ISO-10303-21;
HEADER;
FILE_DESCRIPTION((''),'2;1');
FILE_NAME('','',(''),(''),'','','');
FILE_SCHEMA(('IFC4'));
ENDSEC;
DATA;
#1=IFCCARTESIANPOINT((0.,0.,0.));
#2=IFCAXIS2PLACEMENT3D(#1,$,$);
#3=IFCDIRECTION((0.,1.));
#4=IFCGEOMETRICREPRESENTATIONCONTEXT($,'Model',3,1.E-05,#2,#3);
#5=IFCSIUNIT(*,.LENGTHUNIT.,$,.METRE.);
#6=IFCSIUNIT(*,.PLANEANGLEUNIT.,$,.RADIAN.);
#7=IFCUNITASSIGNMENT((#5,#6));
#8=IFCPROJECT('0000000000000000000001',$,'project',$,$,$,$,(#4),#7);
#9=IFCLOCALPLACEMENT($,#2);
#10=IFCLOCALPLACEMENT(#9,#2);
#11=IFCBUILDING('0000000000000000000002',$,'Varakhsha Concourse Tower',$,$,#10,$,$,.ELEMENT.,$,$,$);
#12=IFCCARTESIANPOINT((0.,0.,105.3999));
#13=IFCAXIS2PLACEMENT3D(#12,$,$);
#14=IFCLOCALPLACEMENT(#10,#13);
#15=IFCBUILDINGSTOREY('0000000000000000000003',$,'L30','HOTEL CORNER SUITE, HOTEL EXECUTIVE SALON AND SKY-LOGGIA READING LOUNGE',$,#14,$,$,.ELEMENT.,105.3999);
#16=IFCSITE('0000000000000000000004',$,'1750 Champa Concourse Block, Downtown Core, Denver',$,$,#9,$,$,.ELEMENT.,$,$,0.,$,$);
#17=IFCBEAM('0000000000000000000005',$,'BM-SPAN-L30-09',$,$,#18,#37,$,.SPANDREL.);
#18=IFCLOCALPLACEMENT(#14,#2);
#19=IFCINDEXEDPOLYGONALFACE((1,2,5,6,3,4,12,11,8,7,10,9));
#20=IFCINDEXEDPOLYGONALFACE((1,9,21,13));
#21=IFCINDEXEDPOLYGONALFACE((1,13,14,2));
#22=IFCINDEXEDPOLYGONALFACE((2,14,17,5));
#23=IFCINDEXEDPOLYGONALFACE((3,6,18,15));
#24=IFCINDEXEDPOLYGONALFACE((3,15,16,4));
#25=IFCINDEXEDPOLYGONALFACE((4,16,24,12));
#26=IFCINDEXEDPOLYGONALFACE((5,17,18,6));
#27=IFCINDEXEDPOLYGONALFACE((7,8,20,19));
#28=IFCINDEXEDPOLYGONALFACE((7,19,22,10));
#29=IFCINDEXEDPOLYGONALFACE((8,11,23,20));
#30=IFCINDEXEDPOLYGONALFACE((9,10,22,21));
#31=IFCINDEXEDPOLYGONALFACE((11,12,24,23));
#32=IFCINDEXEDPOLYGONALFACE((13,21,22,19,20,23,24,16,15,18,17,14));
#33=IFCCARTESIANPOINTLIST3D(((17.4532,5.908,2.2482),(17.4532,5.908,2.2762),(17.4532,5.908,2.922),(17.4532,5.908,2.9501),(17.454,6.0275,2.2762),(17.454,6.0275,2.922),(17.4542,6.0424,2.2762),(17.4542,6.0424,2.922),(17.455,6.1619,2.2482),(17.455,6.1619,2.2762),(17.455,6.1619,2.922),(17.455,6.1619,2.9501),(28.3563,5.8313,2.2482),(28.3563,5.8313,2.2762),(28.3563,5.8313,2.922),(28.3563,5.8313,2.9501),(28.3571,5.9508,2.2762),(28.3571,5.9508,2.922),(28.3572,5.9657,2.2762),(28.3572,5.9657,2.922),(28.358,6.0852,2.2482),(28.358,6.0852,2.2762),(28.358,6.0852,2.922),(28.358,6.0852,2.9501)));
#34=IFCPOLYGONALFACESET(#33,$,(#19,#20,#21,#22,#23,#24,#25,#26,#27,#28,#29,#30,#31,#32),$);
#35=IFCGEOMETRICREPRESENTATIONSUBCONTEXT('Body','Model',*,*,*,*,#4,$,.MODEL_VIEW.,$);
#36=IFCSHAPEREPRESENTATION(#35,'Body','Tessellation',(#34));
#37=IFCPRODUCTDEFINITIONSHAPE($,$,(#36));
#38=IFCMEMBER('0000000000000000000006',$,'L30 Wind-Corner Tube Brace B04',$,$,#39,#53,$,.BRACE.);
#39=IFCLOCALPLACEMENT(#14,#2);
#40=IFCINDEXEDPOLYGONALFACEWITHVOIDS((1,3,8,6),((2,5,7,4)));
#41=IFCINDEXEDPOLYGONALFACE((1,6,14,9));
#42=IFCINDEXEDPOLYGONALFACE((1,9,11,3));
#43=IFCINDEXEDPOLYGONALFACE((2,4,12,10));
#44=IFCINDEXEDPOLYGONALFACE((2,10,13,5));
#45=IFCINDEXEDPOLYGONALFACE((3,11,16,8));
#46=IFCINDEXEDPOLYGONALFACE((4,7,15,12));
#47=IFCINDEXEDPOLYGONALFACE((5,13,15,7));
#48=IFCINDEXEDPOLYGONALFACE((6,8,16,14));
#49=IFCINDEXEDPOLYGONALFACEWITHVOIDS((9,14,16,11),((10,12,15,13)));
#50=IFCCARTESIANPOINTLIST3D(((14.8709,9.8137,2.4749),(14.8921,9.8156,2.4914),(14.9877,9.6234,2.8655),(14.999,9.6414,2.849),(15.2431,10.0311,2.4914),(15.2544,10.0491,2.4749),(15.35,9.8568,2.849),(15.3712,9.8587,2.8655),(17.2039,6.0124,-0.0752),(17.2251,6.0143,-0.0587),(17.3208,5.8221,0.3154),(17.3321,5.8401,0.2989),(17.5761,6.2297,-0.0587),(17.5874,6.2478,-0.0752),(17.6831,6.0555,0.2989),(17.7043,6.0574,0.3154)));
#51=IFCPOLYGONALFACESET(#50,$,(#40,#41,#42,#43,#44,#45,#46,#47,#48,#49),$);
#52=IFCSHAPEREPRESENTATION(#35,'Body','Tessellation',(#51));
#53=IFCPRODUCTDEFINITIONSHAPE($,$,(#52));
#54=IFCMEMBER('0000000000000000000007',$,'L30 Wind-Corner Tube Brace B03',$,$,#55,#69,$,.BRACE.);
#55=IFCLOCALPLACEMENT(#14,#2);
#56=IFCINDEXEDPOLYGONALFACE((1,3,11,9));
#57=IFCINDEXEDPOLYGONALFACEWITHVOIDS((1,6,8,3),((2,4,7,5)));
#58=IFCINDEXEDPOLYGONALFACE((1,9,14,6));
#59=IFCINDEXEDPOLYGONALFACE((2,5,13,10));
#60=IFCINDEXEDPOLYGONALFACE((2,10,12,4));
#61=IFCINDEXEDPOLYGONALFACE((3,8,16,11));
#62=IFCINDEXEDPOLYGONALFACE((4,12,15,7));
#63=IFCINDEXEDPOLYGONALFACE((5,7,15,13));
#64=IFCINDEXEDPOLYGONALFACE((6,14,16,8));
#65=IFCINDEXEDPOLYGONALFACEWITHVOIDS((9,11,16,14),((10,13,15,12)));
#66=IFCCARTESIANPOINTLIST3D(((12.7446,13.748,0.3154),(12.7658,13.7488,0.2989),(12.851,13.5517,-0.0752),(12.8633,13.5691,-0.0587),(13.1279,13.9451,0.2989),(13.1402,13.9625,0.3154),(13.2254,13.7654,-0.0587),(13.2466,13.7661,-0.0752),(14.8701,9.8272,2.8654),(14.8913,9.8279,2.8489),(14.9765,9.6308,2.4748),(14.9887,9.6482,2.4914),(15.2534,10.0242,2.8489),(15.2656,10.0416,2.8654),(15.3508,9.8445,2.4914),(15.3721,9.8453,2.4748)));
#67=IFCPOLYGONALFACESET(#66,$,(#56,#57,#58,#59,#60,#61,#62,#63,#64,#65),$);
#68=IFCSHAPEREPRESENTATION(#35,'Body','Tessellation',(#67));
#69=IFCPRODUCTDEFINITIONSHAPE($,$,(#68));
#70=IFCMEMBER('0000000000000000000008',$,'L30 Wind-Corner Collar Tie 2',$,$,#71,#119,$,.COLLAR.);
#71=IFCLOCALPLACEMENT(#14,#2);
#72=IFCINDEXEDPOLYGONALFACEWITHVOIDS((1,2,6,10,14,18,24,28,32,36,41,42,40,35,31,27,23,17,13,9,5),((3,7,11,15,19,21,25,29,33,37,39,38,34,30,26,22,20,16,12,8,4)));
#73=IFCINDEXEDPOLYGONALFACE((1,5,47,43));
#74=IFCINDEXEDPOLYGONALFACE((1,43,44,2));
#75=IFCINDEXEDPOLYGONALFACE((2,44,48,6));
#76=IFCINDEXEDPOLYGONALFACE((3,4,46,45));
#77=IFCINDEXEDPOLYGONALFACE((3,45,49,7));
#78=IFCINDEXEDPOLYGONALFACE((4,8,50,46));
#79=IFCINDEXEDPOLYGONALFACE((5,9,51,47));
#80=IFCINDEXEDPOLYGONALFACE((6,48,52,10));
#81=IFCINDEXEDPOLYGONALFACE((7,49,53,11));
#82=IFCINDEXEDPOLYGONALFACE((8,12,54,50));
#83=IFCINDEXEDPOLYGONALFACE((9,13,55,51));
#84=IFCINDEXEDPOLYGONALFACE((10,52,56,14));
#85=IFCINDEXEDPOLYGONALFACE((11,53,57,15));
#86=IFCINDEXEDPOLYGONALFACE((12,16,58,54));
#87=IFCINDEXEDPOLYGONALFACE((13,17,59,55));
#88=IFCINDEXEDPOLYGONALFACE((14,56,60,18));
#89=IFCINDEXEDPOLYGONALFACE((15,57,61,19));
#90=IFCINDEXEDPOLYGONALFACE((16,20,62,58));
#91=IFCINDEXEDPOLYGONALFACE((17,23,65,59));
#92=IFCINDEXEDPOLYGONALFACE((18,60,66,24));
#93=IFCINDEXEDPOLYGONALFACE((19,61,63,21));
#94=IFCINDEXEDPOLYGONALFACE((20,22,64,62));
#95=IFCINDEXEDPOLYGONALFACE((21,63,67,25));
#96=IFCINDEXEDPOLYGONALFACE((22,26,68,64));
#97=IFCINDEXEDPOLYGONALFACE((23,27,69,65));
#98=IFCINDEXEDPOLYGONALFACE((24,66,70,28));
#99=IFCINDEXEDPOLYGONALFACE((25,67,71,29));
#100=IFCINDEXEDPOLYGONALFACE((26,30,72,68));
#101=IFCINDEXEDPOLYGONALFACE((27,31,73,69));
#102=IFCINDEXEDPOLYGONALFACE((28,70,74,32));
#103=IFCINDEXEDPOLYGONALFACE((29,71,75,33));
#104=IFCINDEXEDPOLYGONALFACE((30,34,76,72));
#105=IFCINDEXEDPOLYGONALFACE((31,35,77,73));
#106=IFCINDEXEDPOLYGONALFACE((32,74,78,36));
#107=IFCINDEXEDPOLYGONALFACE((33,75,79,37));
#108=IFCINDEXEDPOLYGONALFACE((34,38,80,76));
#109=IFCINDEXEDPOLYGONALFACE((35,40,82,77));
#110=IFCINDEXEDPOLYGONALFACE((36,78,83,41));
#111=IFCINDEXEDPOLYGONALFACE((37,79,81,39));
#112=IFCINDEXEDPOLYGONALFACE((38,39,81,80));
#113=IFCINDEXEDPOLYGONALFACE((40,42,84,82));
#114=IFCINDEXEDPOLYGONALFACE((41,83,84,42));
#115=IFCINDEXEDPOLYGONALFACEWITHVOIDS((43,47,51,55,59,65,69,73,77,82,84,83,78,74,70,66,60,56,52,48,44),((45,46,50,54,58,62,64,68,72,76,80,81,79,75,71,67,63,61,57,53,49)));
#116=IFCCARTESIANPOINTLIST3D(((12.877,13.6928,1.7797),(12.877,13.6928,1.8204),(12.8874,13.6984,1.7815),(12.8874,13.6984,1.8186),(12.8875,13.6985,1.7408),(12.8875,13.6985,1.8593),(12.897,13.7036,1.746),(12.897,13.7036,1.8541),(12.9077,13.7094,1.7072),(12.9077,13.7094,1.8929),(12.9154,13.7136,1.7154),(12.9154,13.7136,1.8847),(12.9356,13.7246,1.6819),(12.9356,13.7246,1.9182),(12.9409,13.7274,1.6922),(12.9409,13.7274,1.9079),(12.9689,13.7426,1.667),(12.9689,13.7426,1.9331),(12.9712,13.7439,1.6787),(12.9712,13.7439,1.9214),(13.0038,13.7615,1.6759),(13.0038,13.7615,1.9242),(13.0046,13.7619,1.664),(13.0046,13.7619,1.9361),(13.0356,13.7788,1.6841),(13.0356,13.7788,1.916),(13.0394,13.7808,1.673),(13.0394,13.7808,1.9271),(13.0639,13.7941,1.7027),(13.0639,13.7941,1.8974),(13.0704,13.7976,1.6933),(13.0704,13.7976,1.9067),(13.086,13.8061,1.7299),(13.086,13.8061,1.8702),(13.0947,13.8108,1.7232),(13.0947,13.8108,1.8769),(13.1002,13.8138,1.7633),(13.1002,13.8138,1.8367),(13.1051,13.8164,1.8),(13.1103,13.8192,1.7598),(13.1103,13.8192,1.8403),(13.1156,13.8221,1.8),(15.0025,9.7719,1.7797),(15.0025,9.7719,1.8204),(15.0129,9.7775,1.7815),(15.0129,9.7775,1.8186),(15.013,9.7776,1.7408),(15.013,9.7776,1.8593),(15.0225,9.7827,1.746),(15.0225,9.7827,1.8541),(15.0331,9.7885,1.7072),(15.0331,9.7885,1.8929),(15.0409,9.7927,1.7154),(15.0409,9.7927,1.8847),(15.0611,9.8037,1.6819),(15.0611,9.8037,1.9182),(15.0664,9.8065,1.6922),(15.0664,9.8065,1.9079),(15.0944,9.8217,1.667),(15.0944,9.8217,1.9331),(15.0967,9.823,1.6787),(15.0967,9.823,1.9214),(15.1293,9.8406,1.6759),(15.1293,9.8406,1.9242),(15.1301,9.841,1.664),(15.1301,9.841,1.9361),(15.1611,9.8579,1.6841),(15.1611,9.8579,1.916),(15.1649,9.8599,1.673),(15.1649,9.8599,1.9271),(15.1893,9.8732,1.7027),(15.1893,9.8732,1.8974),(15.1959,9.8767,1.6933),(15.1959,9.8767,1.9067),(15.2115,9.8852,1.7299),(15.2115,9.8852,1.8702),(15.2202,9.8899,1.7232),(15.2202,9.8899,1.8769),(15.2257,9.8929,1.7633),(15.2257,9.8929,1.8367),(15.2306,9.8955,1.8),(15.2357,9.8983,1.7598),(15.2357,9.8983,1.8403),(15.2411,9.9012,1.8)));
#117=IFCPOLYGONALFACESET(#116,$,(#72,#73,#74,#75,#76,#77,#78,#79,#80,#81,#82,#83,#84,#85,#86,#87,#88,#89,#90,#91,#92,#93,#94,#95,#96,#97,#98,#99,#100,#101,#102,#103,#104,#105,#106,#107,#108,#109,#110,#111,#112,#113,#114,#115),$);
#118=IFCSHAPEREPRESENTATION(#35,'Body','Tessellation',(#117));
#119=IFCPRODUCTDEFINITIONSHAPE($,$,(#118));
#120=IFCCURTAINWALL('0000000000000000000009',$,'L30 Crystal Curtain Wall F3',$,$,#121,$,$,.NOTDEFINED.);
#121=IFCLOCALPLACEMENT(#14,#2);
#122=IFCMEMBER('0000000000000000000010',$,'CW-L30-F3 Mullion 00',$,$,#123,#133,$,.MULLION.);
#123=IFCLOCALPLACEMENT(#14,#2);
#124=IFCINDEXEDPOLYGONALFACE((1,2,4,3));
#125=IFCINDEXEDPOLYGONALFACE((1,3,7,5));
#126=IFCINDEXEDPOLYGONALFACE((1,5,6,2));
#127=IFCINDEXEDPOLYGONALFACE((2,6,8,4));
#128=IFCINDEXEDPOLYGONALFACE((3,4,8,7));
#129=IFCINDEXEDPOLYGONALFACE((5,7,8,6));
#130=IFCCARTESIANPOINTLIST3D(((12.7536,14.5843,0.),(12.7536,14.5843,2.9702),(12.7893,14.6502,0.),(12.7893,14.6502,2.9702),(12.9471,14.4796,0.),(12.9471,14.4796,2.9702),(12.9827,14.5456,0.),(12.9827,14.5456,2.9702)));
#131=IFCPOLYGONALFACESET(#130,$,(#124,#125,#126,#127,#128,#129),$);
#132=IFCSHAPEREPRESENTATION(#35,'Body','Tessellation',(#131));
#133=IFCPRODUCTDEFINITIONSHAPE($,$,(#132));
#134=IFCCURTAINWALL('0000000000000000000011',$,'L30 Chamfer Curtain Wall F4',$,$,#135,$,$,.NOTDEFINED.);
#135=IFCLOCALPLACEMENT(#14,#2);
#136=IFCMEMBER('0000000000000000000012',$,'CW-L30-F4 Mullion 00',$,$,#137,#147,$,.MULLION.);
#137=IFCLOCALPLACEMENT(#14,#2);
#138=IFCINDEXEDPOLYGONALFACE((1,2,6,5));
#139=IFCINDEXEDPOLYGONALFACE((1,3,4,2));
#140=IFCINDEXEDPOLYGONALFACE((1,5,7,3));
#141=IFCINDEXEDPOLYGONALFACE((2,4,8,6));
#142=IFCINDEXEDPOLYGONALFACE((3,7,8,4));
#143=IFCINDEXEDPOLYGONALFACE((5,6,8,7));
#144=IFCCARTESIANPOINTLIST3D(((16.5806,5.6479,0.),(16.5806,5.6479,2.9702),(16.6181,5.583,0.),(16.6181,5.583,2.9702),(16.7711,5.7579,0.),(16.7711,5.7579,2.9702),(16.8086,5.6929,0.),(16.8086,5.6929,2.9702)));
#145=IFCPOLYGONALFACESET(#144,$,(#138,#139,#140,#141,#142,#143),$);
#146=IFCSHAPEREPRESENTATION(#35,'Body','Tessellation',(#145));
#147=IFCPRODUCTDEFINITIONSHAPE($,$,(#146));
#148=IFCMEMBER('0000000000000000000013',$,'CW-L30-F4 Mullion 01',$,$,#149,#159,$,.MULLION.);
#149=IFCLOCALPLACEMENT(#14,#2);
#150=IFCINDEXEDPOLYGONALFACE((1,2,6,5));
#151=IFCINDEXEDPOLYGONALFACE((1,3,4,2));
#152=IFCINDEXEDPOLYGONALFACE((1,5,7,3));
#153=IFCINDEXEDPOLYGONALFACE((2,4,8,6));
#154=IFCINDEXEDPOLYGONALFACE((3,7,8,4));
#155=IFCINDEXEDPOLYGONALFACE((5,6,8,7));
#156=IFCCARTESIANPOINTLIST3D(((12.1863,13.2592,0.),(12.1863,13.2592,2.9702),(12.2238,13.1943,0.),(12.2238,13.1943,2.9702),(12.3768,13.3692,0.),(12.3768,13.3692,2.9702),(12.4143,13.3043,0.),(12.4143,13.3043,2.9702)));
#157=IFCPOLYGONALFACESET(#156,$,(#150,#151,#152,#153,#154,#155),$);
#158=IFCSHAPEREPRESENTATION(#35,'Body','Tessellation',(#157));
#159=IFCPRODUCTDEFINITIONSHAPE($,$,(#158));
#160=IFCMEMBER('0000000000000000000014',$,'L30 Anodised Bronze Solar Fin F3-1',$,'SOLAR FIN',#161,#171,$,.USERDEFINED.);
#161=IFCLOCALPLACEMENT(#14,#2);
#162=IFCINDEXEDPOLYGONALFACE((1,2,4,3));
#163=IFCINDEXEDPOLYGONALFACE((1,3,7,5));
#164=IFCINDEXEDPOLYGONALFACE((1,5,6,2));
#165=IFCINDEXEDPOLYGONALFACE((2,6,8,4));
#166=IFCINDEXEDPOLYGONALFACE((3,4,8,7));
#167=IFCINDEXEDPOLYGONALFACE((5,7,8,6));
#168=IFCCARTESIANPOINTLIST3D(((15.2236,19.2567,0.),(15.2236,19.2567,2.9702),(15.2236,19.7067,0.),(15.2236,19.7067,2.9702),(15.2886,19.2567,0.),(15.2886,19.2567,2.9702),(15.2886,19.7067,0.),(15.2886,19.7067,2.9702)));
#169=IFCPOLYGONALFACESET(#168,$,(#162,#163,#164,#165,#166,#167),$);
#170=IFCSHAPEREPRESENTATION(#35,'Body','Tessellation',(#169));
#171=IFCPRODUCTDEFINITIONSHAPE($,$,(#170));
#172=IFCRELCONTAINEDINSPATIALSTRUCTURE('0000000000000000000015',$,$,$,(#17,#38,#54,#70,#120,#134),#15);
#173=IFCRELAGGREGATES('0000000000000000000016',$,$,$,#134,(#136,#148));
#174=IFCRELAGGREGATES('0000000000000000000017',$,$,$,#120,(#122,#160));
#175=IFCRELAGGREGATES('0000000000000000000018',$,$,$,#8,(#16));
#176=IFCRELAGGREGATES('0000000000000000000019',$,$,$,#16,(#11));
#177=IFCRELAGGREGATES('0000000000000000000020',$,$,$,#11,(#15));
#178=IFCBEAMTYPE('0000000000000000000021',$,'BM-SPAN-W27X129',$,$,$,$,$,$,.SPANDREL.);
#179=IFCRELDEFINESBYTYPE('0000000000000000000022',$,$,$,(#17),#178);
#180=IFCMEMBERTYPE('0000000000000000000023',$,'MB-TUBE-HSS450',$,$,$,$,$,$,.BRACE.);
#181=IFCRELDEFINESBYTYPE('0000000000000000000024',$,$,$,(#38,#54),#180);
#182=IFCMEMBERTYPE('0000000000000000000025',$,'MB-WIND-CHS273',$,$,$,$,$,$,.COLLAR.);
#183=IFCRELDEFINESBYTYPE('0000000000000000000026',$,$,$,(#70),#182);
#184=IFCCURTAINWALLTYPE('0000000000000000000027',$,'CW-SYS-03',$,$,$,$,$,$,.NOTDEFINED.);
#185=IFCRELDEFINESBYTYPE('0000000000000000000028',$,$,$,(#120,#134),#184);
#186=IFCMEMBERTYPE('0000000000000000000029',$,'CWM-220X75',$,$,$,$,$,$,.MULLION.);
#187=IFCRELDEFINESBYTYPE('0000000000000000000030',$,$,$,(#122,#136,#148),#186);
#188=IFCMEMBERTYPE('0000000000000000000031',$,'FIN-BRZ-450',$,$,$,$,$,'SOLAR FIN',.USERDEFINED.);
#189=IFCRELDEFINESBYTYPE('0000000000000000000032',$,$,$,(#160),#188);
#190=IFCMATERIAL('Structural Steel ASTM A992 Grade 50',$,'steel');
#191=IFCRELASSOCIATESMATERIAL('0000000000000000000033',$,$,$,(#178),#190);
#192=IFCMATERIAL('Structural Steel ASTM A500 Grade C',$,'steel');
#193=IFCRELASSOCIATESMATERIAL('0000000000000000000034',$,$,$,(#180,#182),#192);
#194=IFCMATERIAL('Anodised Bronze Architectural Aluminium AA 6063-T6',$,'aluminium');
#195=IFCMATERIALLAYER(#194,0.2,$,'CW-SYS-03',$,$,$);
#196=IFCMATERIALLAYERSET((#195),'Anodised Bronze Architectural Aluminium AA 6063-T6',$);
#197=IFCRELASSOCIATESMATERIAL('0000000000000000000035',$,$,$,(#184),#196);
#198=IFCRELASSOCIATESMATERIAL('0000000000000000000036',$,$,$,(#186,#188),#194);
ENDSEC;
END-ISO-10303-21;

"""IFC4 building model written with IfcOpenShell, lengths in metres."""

from ifc_helpers import new_model, si_unit, direction, frame, origin, origin_2d, place, context, subcontext, project, spatial, rectangle, hollow_rectangle, hollow_circle, i_section, extrude, source, transform, mapped, material, layer, layer_set, material_profile, profile_set, type_object, type_shapes, element, aggregate, save


model = new_model("IFC4")

# Units and contexts
model_context = context("Model", 3, precision=1e-05, world=origin(), true_north=direction((0.0, 1.0)))
body_context = subcontext(model_context, "Body", "Model", "MODEL_VIEW")
ifc_project = project(units=[si_unit("LENGTHUNIT", "METRE"), si_unit("PLANEANGLEUNIT", "RADIAN")], contexts=[model_context])

# Site, building, storey
site_placement = place(None, origin())
site = spatial("IfcSite", under=ifc_project, at=site_placement, Name="1750 Champa Concourse Block, Downtown Core, Denver", CompositionType="ELEMENT", RefElevation=0.0)
building_placement = place(site_placement, origin())
building = spatial("IfcBuilding", under=site, at=building_placement, Name="Varakhsha Concourse Tower", CompositionType="ELEMENT")
storey_placement = place(building_placement, frame((0.0, 0.0, 105.3999)))
storey = spatial("IfcBuildingStorey", under=building, at=storey_placement, Name="L30", Description="HOTEL CORNER SUITE, HOTEL EXECUTIVE SALON AND SKY-LOGGIA READING LOUNGE", CompositionType="ELEMENT", Elevation=105.3999)

# Beam
ifc_material_1 = material(Name="Structural Steel ASTM A992 Grade 50", Category="steel")
ifc_material_profile_1 = material_profile(ifc_material_1, i_section(OverallWidth=0.2539, OverallDepth=0.7019, WebThickness=0.0149, FlangeThickness=0.0281, at=origin_2d()), Name="W27X129")
ifc_profile_set_1 = profile_set([ifc_material_profile_1], Name="Structural Steel ASTM A992 Grade 50")
beam_type_1 = type_object("IfcBeamType", Name="BM-SPAN-W27X129", PredefinedType="SPANDREL", material=ifc_profile_set_1)
beam_1_placement = place(storey_placement, frame((17.4541, 6.0349, 2.5991), z_axis=(0.999975, -0.007031, 0.0), x_axis=(0.007031, 0.999975, 0.0)))
element("IfcBeam", 1, at=beam_1_placement, inside=storey, type_object=beam_type_1, Name="BM-SPAN-L30-09", PredefinedType="SPANDREL", context=body_context, shape_type="SweptSolid", body=[
    extrude(i_section(OverallWidth=0.2539, OverallDepth=0.7019, WebThickness=0.0149, FlangeThickness=0.0281, at=origin_2d()), origin(), (0.0, 0.0, 1.0), 10.9033),
])

# Members
ifc_material_2 = material(Name="Structural Steel ASTM A500 Grade C", Category="steel")
ifc_material_profile_2 = material_profile(ifc_material_2, hollow_rectangle(XDim=0.45, YDim=0.45, WallThickness=0.019, at=origin_2d()), Name="HSS 450x450x19")
ifc_profile_set_2 = profile_set([ifc_material_profile_2], Name="Structural Steel ASTM A500 Grade C")
member_type_1 = type_object("IfcMemberType", Name="MB-TUBE-HSS450", PredefinedType="BRACE", material=ifc_profile_set_2)
shared_shape_1 = source(origin(), body_context, "Body", "SweptSolid", [
    extrude(hollow_rectangle(XDim=0.45, YDim=0.45, WallThickness=0.019, at=origin_2d()), origin(), (0.0, 0.0, 1.0), 5.1377),
])
member_1_placement = place(storey_placement, frame((17.4541, 6.0349, 0.1201), z_axis=(-0.454101, 0.739887, 0.496347), x_axis=(-0.852282, -0.523083, 0.0)))
element("IfcMember", 2, at=member_1_placement, inside=storey, type_object=member_type_1, Name="L30 Wind-Corner Tube Brace B04", PredefinedType="BRACE", context=body_context, shape_type="MappedRepresentation", body=[
    mapped(shared_shape_1, transform((0.0, 0.0, 0.0), scale=1.0)),
])
shared_shape_2 = source(origin(), body_context, "Body", "SweptSolid", [
    extrude(hollow_rectangle(XDim=0.45, YDim=0.45, WallThickness=0.019, at=origin_2d()), origin(), (0.0, 0.0, 1.0), 5.1375),
])
type_shapes(member_type_1, [shared_shape_1, shared_shape_2])
member_2_placement = place(storey_placement, frame((12.9956, 13.7571, 0.1201), z_axis=(0.41372, -0.763192, 0.49636), x_axis=(0.879135, 0.476572, 0.0)))
element("IfcMember", 3, at=member_2_placement, inside=storey, type_object=member_type_1, Name="L30 Wind-Corner Tube Brace B03", PredefinedType="BRACE", context=body_context, shape_type="MappedRepresentation", body=[
    mapped(shared_shape_2, transform((0.0, 0.0, 0.0), scale=1.0)),
])
ifc_material_profile_3 = material_profile(ifc_material_2, hollow_circle(Radius=0.1365, WallThickness=0.012, at=origin_2d()), Name="CHS 273x12")
ifc_profile_set_3 = profile_set([ifc_material_profile_3], Name="Structural Steel ASTM A500 Grade C")
member_type_2 = type_object("IfcMemberType", Name="MB-WIND-CHS273", PredefinedType="COLLAR", material=ifc_profile_set_3)
shared_shape_3 = source(origin(), body_context, "Body", "SweptSolid", [
    extrude(hollow_circle(Radius=0.1365, WallThickness=0.012, at=origin_2d()), origin(), (0.0, 0.0, 1.0), 4.46),
])
type_shapes(member_type_2, [shared_shape_3])
member_3_placement = place(storey_placement, frame((12.9956, 13.7571, 1.8), z_axis=(0.476572, -0.879135, 0.0), x_axis=(0.879135, 0.476572, 0.0)))
element("IfcMember", 4, at=member_3_placement, inside=storey, type_object=member_type_2, Name="L30 Wind-Corner Collar Tie 2", PredefinedType="COLLAR", context=body_context, shape_type="MappedRepresentation", body=[
    mapped(shared_shape_3, transform((0.0, 0.0, 0.0), scale=1.0)),
])

# Curtain wall, member
ifc_material_3 = material(Name="Anodised Bronze Architectural Aluminium AA 6063-T6", Category="aluminium")
ifc_layer_1 = layer(ifc_material_3, 0.2, Name="CW-SYS-03")
ifc_layer_set_1 = layer_set([ifc_layer_1], Name="Anodised Bronze Architectural Aluminium AA 6063-T6")
curtain_wall_type = type_object("IfcCurtainWallType", Name="CW-SYS-03", PredefinedType="NOTDEFINED", material=ifc_layer_set_1)
curtain_wall_1_placement = place(storey_placement, origin())
curtain_wall_1 = element("IfcCurtainWall", 5, at=curtain_wall_1_placement, inside=storey, type_object=curtain_wall_type, Name="L30 Crystal Curtain Wall F3", PredefinedType="NOTDEFINED")
ifc_material_profile_4 = material_profile(ifc_material_3, rectangle(XDim=0.075, YDim=0.22, at=origin_2d()), Name="CWM-220X75")
ifc_profile_set_4 = profile_set([ifc_material_profile_4], Name="Anodised Bronze Architectural Aluminium AA 6063-T6")
member_type_3 = type_object("IfcMemberType", Name="CWM-220X75", PredefinedType="MULLION", material=ifc_profile_set_4)
shared_shape_4 = source(origin(), body_context, "Body", "SweptSolid", [
    extrude(rectangle(XDim=0.075, YDim=0.22, at=origin_2d()), origin(), (0.0, 0.0, 1.0), 2.9702),
])
type_shapes(member_type_3, [shared_shape_4])
member_4_placement = place(storey_placement, frame((12.8682, 14.5649, 0.0), z_axis=(0.0, 0.0, 1.0), x_axis=(0.475959, 0.879468, 0.0)))
member_4 = element("IfcMember", 6, at=member_4_placement, type_object=member_type_3, Name="CW-L30-F3 Mullion 00", PredefinedType="MULLION", context=body_context, shape_type="MappedRepresentation", body=[
    mapped(shared_shape_4, transform((0.0, 0.0, 0.0), scale=1.0)),
])

# Curtain wall, members
curtain_wall_2_placement = place(storey_placement, origin())
curtain_wall_2 = element("IfcCurtainWall", 7, at=curtain_wall_2_placement, inside=storey, type_object=curtain_wall_type, Name="L30 Chamfer Curtain Wall F4", PredefinedType="NOTDEFINED")
member_5_placement = place(storey_placement, frame((16.6946, 5.6704, 0.0), z_axis=(0.0, 0.0, 1.0), x_axis=(-0.499997, 0.866027, 0.0)))
member_5 = element("IfcMember", 8, at=member_5_placement, type_object=member_type_3, Name="CW-L30-F4 Mullion 00", PredefinedType="MULLION", context=body_context, shape_type="MappedRepresentation", body=[
    mapped(shared_shape_4, transform((0.0, 0.0, 0.0), scale=1.0)),
])
member_6_placement = place(storey_placement, frame((12.3003, 13.2817, 0.0), z_axis=(0.0, 0.0, 1.0), x_axis=(-0.499997, 0.866027, 0.0)))
member_6 = element("IfcMember", 9, at=member_6_placement, type_object=member_type_3, Name="CW-L30-F4 Mullion 01", PredefinedType="MULLION", context=body_context, shape_type="MappedRepresentation", body=[
    mapped(shared_shape_4, transform((0.0, 0.0, 0.0), scale=1.0)),
])

# Member
ifc_material_profile_5 = material_profile(ifc_material_3, rectangle(XDim=0.0649, YDim=0.45, at=origin_2d()), Name="FIN-BRZ-450")
ifc_profile_set_5 = profile_set([ifc_material_profile_5], Name="Anodised Bronze Architectural Aluminium AA 6063-T6")
member_type_4 = type_object("IfcMemberType", Name="FIN-BRZ-450", ElementType="SOLAR FIN", PredefinedType="USERDEFINED", material=ifc_profile_set_5)
shared_shape_5 = source(origin(), body_context, "Body", "SweptSolid", [
    extrude(rectangle(XDim=0.0649, YDim=0.45, at=origin_2d()), origin(), (0.0, 0.0, 1.0), 2.9702),
])
type_shapes(member_type_4, [shared_shape_5])
member_7_placement = place(storey_placement, frame((15.2561, 19.4817, 0.0), z_axis=(0.0, 0.0, 1.0), x_axis=(1.0, 0.0, 0.0)))
member_7 = element("IfcMember", 10, at=member_7_placement, type_object=member_type_4, Name="L30 Anodised Bronze Solar Fin F3-1", ObjectType="SOLAR FIN", PredefinedType="USERDEFINED", context=body_context, shape_type="MappedRepresentation", body=[
    mapped(shared_shape_5, transform((0.0, 0.0, 0.0), scale=1.0)),
])

aggregate(curtain_wall_2, [member_5, member_6])
aggregate(curtain_wall_1, [member_4, member_7])

save(model, "model.ifc")
